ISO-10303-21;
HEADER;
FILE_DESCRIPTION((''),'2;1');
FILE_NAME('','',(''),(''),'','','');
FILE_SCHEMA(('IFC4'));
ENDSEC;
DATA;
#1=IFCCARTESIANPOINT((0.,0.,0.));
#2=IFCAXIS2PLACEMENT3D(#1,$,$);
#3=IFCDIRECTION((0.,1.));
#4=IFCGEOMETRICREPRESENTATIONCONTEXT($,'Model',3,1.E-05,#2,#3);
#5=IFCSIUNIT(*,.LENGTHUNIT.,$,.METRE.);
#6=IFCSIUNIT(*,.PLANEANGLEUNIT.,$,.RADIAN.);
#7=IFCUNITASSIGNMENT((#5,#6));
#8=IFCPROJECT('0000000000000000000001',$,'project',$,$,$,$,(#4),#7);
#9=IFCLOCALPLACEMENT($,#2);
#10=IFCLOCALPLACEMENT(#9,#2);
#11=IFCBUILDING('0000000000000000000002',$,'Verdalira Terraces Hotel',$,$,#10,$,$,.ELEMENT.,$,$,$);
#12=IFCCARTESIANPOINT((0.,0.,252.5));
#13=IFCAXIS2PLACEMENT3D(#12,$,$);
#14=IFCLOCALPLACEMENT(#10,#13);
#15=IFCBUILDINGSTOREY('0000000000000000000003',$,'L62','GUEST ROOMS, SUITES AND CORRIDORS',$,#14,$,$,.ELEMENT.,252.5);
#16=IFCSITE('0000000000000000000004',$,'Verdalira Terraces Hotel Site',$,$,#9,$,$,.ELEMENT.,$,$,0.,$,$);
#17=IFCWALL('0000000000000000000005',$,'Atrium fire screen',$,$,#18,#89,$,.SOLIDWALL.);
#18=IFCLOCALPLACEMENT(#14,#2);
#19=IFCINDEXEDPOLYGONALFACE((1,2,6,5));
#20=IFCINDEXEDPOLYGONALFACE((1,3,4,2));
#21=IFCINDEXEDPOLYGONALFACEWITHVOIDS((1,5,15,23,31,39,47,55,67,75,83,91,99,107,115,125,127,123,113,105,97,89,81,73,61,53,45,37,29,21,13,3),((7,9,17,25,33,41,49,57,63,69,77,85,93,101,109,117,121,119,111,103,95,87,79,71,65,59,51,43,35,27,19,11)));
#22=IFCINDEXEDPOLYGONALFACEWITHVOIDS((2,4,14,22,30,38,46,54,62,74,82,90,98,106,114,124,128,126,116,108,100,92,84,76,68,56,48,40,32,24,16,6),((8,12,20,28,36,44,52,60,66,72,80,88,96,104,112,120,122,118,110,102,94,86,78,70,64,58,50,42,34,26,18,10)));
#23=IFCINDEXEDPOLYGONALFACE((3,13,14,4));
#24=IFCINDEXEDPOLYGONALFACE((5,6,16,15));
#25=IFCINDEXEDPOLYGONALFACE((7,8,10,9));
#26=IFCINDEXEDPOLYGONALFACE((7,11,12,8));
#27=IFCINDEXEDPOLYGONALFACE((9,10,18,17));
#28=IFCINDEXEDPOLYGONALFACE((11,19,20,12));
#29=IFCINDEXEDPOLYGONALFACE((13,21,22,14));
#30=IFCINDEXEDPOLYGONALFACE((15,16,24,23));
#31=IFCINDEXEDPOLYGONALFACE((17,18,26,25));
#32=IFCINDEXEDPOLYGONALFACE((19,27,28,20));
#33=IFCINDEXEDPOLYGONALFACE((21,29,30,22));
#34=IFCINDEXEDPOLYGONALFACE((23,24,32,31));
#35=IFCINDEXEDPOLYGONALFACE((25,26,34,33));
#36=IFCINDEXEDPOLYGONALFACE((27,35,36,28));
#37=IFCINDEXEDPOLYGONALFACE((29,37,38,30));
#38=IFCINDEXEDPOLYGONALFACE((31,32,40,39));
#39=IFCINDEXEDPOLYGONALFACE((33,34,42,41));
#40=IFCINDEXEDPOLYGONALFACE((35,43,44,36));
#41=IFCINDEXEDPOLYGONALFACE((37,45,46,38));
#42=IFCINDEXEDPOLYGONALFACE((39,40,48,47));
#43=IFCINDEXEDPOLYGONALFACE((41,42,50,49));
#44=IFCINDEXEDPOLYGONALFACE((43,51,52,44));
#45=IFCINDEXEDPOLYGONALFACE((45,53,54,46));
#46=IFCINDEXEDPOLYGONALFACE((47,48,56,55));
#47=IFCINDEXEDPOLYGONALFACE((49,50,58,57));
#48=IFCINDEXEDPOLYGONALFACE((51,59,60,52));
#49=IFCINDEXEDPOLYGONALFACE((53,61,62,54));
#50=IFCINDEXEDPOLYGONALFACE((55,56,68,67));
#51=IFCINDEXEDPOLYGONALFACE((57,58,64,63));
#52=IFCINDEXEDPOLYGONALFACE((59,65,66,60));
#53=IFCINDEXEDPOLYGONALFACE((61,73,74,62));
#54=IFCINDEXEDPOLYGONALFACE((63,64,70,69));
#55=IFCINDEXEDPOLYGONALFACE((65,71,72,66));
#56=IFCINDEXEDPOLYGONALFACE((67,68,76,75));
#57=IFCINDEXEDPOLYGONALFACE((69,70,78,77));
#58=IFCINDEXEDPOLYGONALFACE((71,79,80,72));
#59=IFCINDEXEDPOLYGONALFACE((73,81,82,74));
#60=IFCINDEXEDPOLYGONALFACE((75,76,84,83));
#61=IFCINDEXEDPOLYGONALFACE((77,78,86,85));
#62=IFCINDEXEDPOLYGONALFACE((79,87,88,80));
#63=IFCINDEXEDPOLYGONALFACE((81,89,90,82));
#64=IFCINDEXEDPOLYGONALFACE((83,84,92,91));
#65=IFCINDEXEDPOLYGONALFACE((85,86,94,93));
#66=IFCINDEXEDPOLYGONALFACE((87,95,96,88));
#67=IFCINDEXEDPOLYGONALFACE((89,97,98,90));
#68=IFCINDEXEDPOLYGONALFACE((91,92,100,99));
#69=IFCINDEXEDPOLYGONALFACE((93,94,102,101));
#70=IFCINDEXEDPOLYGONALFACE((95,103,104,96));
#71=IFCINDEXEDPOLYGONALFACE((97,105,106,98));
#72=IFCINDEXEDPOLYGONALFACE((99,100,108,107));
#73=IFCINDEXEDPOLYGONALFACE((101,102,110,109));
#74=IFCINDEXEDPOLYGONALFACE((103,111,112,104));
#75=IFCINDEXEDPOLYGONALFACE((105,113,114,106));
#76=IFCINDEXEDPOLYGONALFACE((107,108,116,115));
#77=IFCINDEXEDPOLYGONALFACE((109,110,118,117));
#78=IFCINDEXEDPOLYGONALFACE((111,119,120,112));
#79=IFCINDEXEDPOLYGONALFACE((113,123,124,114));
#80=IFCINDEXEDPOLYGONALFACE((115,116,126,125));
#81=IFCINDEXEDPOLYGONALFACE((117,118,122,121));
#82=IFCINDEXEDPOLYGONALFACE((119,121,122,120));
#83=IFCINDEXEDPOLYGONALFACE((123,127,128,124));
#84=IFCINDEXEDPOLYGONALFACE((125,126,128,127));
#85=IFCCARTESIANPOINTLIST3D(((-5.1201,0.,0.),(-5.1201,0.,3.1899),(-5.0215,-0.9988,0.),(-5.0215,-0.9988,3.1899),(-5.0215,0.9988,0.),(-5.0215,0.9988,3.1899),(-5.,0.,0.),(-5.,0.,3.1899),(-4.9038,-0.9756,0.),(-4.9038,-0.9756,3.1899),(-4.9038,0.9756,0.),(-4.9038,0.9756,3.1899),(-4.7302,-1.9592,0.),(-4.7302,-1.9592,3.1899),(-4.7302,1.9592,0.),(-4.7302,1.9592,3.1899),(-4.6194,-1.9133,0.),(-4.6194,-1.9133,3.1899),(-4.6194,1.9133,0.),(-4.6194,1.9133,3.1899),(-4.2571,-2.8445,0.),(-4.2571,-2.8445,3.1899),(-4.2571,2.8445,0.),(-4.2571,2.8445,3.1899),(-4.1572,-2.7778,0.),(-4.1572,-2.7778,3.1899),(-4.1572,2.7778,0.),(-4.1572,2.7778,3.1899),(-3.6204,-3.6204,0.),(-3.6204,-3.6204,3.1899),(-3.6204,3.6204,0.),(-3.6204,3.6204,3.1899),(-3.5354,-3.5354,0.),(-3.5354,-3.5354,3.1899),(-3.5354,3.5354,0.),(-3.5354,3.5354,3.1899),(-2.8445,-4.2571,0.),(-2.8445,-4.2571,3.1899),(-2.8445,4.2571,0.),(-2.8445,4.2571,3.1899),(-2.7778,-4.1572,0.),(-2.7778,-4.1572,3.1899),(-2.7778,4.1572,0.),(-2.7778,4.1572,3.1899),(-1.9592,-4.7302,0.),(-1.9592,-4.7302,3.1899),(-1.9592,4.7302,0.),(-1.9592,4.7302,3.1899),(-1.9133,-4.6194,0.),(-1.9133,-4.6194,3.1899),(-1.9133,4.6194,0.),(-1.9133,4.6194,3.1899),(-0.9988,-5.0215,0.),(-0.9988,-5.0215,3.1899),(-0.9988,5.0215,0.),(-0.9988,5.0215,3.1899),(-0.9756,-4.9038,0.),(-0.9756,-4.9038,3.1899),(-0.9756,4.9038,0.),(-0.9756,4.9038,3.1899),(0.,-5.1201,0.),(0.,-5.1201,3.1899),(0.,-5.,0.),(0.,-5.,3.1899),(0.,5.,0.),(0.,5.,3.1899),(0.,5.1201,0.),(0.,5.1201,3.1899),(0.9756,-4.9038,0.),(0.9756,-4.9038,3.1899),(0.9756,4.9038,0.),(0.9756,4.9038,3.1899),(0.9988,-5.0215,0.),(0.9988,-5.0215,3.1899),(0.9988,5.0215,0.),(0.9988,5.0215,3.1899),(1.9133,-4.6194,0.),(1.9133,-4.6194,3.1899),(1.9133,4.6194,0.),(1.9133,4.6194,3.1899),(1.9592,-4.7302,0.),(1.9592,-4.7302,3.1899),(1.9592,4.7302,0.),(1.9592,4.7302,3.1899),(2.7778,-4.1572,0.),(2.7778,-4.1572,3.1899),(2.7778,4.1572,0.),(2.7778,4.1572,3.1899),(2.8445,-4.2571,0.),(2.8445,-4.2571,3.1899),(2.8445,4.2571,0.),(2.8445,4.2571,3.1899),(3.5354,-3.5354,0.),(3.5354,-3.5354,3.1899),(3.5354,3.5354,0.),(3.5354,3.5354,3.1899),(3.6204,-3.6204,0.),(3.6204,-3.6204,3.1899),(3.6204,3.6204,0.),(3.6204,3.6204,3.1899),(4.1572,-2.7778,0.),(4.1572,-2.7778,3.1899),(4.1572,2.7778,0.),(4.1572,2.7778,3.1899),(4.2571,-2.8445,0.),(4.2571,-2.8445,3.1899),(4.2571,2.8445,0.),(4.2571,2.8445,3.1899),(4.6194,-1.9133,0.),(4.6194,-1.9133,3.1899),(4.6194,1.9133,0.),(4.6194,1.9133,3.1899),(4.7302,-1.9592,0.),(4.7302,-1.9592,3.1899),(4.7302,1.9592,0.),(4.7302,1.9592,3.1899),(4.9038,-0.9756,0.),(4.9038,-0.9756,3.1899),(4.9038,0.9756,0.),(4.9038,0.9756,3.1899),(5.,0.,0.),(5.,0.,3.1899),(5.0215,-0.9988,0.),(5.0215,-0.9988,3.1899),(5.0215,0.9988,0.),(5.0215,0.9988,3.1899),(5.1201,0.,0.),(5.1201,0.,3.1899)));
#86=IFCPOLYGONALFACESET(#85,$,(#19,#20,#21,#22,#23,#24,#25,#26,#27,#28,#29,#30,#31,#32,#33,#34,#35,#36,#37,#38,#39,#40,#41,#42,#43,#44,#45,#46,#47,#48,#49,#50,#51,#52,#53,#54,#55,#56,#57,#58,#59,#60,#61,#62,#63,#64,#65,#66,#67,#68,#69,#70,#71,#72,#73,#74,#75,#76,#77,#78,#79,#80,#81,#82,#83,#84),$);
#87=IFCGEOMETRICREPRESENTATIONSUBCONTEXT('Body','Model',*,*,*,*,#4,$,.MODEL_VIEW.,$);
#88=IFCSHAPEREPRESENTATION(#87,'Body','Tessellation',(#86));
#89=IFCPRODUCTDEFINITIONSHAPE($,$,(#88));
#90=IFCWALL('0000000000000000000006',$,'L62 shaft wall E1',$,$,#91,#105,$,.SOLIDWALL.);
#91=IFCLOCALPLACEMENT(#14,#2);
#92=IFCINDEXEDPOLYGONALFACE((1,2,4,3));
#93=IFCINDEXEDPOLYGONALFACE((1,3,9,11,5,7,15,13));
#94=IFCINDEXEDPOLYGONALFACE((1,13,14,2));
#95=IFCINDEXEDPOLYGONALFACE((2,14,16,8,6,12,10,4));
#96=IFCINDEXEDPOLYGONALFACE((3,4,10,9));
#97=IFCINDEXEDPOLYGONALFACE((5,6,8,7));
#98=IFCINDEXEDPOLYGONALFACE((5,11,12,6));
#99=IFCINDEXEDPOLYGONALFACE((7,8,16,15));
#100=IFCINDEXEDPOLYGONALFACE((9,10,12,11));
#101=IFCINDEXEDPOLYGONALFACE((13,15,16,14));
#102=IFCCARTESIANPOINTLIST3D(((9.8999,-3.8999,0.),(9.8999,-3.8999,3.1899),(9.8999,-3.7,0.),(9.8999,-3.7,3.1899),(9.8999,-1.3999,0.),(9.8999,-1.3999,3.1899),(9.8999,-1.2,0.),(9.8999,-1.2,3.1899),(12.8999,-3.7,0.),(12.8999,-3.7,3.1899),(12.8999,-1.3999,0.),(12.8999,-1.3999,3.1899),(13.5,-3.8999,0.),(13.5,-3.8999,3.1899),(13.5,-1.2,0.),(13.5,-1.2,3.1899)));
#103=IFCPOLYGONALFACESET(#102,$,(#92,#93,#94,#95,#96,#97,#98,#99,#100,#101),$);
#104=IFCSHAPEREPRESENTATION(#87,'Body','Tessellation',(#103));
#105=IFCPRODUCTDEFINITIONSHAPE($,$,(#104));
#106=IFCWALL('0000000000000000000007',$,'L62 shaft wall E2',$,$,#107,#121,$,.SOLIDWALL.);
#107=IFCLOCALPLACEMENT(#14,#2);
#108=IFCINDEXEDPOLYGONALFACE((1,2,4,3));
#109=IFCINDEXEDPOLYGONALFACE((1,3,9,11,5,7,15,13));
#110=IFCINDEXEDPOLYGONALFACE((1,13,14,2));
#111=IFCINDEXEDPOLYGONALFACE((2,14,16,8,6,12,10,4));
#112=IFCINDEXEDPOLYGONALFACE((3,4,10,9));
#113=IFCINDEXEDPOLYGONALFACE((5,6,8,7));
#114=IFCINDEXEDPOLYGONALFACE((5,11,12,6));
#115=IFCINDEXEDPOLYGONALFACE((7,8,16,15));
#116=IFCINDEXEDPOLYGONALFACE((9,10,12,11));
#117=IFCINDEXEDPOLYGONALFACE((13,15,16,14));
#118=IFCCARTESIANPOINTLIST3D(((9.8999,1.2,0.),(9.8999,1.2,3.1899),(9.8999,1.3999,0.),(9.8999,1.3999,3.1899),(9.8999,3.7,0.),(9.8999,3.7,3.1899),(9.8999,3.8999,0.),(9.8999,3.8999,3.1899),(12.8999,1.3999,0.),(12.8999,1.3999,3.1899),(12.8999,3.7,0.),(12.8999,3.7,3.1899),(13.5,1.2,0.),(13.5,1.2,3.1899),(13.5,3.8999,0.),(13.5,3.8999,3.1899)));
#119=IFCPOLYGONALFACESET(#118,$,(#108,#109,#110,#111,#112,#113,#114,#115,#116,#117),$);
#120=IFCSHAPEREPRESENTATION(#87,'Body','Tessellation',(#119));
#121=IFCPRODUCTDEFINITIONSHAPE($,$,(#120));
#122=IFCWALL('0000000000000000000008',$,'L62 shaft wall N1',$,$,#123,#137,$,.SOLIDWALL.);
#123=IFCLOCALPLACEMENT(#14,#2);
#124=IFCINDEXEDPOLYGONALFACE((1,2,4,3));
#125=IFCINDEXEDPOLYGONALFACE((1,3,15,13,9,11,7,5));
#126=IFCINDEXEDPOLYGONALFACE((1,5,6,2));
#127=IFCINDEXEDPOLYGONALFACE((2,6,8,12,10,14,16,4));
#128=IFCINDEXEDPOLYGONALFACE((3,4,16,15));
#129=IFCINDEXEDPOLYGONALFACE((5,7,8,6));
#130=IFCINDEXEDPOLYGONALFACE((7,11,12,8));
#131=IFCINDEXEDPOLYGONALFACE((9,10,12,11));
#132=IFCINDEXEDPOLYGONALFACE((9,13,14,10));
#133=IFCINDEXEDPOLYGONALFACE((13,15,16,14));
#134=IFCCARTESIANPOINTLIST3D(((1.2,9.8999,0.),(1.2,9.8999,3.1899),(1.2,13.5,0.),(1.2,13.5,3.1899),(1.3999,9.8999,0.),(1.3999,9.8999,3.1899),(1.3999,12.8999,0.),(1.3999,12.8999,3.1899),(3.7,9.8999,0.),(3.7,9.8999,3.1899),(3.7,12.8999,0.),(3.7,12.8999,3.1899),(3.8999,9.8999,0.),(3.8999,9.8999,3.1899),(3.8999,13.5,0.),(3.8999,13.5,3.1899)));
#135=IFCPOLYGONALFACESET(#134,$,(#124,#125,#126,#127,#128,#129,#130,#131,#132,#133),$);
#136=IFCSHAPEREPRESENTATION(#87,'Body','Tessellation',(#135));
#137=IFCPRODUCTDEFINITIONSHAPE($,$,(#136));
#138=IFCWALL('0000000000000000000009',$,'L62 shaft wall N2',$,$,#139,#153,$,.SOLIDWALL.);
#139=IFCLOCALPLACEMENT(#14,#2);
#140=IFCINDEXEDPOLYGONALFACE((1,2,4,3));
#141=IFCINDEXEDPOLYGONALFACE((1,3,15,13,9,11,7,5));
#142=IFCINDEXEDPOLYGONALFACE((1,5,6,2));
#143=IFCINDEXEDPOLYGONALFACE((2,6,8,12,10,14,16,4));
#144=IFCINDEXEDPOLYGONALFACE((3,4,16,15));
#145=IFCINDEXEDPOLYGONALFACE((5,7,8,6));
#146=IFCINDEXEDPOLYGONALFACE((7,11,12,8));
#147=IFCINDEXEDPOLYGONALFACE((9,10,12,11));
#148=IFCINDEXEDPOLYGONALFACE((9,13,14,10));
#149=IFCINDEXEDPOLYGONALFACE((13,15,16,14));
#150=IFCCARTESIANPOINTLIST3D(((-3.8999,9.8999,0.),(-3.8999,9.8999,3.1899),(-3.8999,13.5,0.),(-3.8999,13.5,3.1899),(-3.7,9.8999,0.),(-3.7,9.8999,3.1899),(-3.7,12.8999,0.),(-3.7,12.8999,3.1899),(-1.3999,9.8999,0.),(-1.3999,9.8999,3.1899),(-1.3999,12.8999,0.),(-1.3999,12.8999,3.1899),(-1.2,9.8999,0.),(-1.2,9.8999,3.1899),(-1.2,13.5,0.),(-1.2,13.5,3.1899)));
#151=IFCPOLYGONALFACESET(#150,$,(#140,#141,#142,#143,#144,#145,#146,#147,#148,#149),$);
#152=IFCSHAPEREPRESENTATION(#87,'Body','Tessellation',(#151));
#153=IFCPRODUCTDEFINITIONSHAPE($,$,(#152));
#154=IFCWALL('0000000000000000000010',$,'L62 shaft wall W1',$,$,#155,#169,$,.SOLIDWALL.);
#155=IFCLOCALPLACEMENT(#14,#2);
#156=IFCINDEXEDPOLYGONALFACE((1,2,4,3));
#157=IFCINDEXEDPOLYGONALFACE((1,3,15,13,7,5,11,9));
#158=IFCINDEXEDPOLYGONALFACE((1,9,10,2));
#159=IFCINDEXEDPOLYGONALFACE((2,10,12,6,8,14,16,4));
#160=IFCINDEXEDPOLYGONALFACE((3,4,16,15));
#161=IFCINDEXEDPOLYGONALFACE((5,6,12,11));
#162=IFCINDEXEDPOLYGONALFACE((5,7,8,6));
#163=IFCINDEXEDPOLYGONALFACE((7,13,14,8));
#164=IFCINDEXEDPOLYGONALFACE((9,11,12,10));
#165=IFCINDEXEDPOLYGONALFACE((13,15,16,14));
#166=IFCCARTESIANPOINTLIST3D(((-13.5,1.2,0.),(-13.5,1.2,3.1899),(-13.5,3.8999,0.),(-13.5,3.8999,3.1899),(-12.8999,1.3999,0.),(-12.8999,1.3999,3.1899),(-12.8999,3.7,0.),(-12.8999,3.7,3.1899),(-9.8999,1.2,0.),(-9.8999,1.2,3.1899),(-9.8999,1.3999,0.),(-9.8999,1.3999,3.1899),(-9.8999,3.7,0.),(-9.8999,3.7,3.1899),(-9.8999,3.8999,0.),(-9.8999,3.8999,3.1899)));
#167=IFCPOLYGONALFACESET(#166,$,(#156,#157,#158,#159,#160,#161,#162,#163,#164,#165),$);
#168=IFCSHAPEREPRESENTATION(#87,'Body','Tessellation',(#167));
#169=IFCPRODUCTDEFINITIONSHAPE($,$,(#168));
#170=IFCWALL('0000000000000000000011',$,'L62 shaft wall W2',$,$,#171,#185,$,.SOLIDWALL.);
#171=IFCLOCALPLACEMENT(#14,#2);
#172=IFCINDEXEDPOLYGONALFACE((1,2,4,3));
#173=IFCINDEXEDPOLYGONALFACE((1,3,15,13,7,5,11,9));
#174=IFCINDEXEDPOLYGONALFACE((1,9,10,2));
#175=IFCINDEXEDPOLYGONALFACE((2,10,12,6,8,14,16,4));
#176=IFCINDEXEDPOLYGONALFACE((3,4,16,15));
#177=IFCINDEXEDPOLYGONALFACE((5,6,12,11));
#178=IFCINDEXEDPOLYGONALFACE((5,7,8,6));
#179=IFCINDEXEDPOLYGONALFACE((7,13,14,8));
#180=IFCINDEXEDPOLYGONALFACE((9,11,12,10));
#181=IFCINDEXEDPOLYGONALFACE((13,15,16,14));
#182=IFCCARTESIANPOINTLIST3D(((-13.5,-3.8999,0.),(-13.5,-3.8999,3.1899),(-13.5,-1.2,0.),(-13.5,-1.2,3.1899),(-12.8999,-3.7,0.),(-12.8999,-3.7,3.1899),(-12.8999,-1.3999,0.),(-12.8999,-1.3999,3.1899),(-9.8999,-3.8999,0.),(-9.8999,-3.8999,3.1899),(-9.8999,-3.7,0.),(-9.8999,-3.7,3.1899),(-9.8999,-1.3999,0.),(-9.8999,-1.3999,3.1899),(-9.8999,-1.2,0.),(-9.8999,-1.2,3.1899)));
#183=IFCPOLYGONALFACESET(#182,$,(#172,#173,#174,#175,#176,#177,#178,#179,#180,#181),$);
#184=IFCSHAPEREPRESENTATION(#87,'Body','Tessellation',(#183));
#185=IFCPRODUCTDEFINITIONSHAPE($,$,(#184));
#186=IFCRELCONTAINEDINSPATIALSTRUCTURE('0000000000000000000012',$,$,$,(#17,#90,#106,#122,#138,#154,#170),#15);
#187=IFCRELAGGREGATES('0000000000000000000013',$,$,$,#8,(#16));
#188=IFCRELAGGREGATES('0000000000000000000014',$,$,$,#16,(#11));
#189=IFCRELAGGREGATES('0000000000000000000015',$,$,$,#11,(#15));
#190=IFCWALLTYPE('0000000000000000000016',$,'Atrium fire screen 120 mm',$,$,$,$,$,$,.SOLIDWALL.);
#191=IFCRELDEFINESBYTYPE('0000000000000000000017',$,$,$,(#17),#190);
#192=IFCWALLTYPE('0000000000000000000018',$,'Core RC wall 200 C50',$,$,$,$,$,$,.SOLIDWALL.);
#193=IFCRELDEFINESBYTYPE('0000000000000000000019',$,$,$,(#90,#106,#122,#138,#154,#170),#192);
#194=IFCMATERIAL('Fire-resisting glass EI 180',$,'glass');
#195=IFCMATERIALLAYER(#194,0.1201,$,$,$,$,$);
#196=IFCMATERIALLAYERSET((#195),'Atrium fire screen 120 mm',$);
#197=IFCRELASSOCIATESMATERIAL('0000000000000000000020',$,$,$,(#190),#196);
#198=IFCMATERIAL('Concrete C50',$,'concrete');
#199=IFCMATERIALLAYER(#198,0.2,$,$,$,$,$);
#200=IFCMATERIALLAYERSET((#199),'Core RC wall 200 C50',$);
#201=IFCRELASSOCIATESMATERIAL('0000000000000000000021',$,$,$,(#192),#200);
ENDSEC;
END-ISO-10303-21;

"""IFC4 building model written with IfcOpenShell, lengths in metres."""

from ifc_helpers import new_model, si_unit, direction, frame, origin, place, context, subcontext, project, spatial, polyline, outline, extrude, material, layer, layer_set, type_object, element, save


model = new_model("IFC4")

# Units and contexts
model_context = context("Model", 3, precision=1e-05, world=origin(), true_north=direction((0.0, 1.0)))
body_context = subcontext(model_context, "Body", "Model", "MODEL_VIEW")
ifc_project = project(units=[si_unit("LENGTHUNIT", "METRE"), si_unit("PLANEANGLEUNIT", "RADIAN")], contexts=[model_context])

# Site, building, storey
site_placement = place(None, origin())
site = spatial("IfcSite", under=ifc_project, at=site_placement, Name="Verdalira Terraces Hotel Site", CompositionType="ELEMENT", RefElevation=0.0)
building_placement = place(site_placement, origin())
building = spatial("IfcBuilding", under=site, at=building_placement, Name="Verdalira Terraces Hotel", CompositionType="ELEMENT")
storey_placement = place(building_placement, frame((0.0, 0.0, 252.5)))
storey = spatial("IfcBuildingStorey", under=building, at=storey_placement, Name="L62", Description="GUEST ROOMS, SUITES AND CORRIDORS", CompositionType="ELEMENT", Elevation=252.5)

# Walls
ifc_material_1 = material(Name="Fire-resisting glass EI 180", Category="glass")
ifc_layer_1 = layer(ifc_material_1, 0.1201)
ifc_layer_set_1 = layer_set([ifc_layer_1], Name="Atrium fire screen 120 mm")
wall_type_1 = type_object("IfcWallType", Name="Atrium fire screen 120 mm", PredefinedType="SOLIDWALL", material=ifc_layer_set_1)
wall_1_placement = place(storey_placement, origin())
element("IfcWall", 1, at=wall_1_placement, inside=storey, type_object=wall_type_1, Name="Atrium fire screen", PredefinedType="SOLIDWALL", context=body_context, shape_type="SweptSolid", body=[
    extrude(outline(polyline([(5.0215, -0.9988), (4.7302, -1.9592), (4.2571, -2.8445), (3.6204, -3.6204), (2.8445, -4.2571), (1.9592, -4.7302), (0.9988, -5.0215), (0.0, -5.1201), (-0.9988, -5.0215), (-1.9592, -4.7302), (-2.8445, -4.2571), (-3.6204, -3.6204), (-4.2571, -2.8445), (-4.7302, -1.9592), (-5.0215, -0.9988), (-5.1201, 0.0), (-5.0215, 0.9988), (-4.7302, 1.9592), (-4.2571, 2.8445), (-3.6204, 3.6204), (-2.8445, 4.2571), (-1.9592, 4.7302), (-0.9988, 5.0215), (0.0, 5.1201), (0.9988, 5.0215), (1.9592, 4.7302), (2.8445, 4.2571), (3.6204, 3.6204), (4.2571, 2.8445), (4.7302, 1.9592), (5.0215, 0.9988), (5.1201, 0.0), (5.0215, -0.9988)]), holes=[polyline([(4.9038, 0.9756), (4.6194, 1.9133), (4.1572, 2.7778), (3.5354, 3.5354), (2.7778, 4.1572), (1.9133, 4.6194), (0.9756, 4.9038), (0.0, 5.0), (-0.9756, 4.9038), (-1.9133, 4.6194), (-2.7778, 4.1572), (-3.5354, 3.5354), (-4.1572, 2.7778), (-4.6194, 1.9133), (-4.9038, 0.9756), (-5.0, 0.0), (-4.9038, -0.9756), (-4.6194, -1.9133), (-4.1572, -2.7778), (-3.5354, -3.5354), (-2.7778, -4.1572), (-1.9133, -4.6194), (-0.9756, -4.9038), (0.0, -5.0), (0.9756, -4.9038), (1.9133, -4.6194), (2.7778, -4.1572), (3.5354, -3.5354), (4.1572, -2.7778), (4.6194, -1.9133), (4.9038, -0.9756), (5.0, 0.0), (4.9038, 0.9756)])]), origin(), (0.0, 0.0, 1.0), 3.1899),
])
ifc_material_2 = material(Name="Concrete C50", Category="concrete")
ifc_layer_2 = layer(ifc_material_2, 0.2)
ifc_layer_set_2 = layer_set([ifc_layer_2], Name="Core RC wall 200 C50")
wall_type_2 = type_object("IfcWallType", Name="Core RC wall 200 C50", PredefinedType="SOLIDWALL", material=ifc_layer_set_2)
wall_2_placement = place(storey_placement, origin())
element("IfcWall", 2, at=wall_2_placement, inside=storey, type_object=wall_type_2, Name="L62 shaft wall E1", PredefinedType="SOLIDWALL", context=body_context, shape_type="SweptSolid", body=[
    extrude(outline(polyline([(13.5, -3.8999), (9.8999, -3.8999), (9.8999, -3.7), (12.8999, -3.7), (12.8999, -1.3999), (9.8999, -1.3999), (9.8999, -1.2), (13.5, -1.2), (13.5, -3.8999)])), origin(), (0.0, 0.0, 1.0), 3.1899),
])
wall_3_placement = place(storey_placement, origin())
element("IfcWall", 3, at=wall_3_placement, inside=storey, type_object=wall_type_2, Name="L62 shaft wall E2", PredefinedType="SOLIDWALL", context=body_context, shape_type="SweptSolid", body=[
    extrude(outline(polyline([(13.5, 3.8999), (13.5, 1.2), (9.8999, 1.2), (9.8999, 1.3999), (12.8999, 1.3999), (12.8999, 3.7), (9.8999, 3.7), (9.8999, 3.8999), (13.5, 3.8999)])), origin(), (0.0, 0.0, 1.0), 3.1899),
])
wall_4_placement = place(storey_placement, origin())
element("IfcWall", 4, at=wall_4_placement, inside=storey, type_object=wall_type_2, Name="L62 shaft wall N1", PredefinedType="SOLIDWALL", context=body_context, shape_type="SweptSolid", body=[
    extrude(outline(polyline([(3.8999, 9.8999), (3.7, 9.8999), (3.7, 12.8999), (1.3999, 12.8999), (1.3999, 9.8999), (1.2, 9.8999), (1.2, 13.5), (3.8999, 13.5), (3.8999, 9.8999)])), origin(), (0.0, 0.0, 1.0), 3.1899),
])
wall_5_placement = place(storey_placement, origin())
element("IfcWall", 5, at=wall_5_placement, inside=storey, type_object=wall_type_2, Name="L62 shaft wall N2", PredefinedType="SOLIDWALL", context=body_context, shape_type="SweptSolid", body=[
    extrude(outline(polyline([(-3.8999, 13.5), (-1.2, 13.5), (-1.2, 9.8999), (-1.3999, 9.8999), (-1.3999, 12.8999), (-3.7, 12.8999), (-3.7, 9.8999), (-3.8999, 9.8999), (-3.8999, 13.5)])), origin(), (0.0, 0.0, 1.0), 3.1899),
])
wall_6_placement = place(storey_placement, origin())
element("IfcWall", 6, at=wall_6_placement, inside=storey, type_object=wall_type_2, Name="L62 shaft wall W1", PredefinedType="SOLIDWALL", context=body_context, shape_type="SweptSolid", body=[
    extrude(outline(polyline([(-13.5, 3.8999), (-9.8999, 3.8999), (-9.8999, 3.7), (-12.8999, 3.7), (-12.8999, 1.3999), (-9.8999, 1.3999), (-9.8999, 1.2), (-13.5, 1.2), (-13.5, 3.8999)])), origin(), (0.0, 0.0, 1.0), 3.1899),
])
wall_7_placement = place(storey_placement, origin())
element("IfcWall", 7, at=wall_7_placement, inside=storey, type_object=wall_type_2, Name="L62 shaft wall W2", PredefinedType="SOLIDWALL", context=body_context, shape_type="SweptSolid", body=[
    extrude(outline(polyline([(-13.5, -3.8999), (-13.5, -1.2), (-9.8999, -1.2), (-9.8999, -1.3999), (-12.8999, -1.3999), (-12.8999, -3.7), (-9.8999, -3.7), (-9.8999, -3.8999), (-13.5, -3.8999)])), origin(), (0.0, 0.0, 1.0), 3.1899),
])

save(model, "model.ifc")
